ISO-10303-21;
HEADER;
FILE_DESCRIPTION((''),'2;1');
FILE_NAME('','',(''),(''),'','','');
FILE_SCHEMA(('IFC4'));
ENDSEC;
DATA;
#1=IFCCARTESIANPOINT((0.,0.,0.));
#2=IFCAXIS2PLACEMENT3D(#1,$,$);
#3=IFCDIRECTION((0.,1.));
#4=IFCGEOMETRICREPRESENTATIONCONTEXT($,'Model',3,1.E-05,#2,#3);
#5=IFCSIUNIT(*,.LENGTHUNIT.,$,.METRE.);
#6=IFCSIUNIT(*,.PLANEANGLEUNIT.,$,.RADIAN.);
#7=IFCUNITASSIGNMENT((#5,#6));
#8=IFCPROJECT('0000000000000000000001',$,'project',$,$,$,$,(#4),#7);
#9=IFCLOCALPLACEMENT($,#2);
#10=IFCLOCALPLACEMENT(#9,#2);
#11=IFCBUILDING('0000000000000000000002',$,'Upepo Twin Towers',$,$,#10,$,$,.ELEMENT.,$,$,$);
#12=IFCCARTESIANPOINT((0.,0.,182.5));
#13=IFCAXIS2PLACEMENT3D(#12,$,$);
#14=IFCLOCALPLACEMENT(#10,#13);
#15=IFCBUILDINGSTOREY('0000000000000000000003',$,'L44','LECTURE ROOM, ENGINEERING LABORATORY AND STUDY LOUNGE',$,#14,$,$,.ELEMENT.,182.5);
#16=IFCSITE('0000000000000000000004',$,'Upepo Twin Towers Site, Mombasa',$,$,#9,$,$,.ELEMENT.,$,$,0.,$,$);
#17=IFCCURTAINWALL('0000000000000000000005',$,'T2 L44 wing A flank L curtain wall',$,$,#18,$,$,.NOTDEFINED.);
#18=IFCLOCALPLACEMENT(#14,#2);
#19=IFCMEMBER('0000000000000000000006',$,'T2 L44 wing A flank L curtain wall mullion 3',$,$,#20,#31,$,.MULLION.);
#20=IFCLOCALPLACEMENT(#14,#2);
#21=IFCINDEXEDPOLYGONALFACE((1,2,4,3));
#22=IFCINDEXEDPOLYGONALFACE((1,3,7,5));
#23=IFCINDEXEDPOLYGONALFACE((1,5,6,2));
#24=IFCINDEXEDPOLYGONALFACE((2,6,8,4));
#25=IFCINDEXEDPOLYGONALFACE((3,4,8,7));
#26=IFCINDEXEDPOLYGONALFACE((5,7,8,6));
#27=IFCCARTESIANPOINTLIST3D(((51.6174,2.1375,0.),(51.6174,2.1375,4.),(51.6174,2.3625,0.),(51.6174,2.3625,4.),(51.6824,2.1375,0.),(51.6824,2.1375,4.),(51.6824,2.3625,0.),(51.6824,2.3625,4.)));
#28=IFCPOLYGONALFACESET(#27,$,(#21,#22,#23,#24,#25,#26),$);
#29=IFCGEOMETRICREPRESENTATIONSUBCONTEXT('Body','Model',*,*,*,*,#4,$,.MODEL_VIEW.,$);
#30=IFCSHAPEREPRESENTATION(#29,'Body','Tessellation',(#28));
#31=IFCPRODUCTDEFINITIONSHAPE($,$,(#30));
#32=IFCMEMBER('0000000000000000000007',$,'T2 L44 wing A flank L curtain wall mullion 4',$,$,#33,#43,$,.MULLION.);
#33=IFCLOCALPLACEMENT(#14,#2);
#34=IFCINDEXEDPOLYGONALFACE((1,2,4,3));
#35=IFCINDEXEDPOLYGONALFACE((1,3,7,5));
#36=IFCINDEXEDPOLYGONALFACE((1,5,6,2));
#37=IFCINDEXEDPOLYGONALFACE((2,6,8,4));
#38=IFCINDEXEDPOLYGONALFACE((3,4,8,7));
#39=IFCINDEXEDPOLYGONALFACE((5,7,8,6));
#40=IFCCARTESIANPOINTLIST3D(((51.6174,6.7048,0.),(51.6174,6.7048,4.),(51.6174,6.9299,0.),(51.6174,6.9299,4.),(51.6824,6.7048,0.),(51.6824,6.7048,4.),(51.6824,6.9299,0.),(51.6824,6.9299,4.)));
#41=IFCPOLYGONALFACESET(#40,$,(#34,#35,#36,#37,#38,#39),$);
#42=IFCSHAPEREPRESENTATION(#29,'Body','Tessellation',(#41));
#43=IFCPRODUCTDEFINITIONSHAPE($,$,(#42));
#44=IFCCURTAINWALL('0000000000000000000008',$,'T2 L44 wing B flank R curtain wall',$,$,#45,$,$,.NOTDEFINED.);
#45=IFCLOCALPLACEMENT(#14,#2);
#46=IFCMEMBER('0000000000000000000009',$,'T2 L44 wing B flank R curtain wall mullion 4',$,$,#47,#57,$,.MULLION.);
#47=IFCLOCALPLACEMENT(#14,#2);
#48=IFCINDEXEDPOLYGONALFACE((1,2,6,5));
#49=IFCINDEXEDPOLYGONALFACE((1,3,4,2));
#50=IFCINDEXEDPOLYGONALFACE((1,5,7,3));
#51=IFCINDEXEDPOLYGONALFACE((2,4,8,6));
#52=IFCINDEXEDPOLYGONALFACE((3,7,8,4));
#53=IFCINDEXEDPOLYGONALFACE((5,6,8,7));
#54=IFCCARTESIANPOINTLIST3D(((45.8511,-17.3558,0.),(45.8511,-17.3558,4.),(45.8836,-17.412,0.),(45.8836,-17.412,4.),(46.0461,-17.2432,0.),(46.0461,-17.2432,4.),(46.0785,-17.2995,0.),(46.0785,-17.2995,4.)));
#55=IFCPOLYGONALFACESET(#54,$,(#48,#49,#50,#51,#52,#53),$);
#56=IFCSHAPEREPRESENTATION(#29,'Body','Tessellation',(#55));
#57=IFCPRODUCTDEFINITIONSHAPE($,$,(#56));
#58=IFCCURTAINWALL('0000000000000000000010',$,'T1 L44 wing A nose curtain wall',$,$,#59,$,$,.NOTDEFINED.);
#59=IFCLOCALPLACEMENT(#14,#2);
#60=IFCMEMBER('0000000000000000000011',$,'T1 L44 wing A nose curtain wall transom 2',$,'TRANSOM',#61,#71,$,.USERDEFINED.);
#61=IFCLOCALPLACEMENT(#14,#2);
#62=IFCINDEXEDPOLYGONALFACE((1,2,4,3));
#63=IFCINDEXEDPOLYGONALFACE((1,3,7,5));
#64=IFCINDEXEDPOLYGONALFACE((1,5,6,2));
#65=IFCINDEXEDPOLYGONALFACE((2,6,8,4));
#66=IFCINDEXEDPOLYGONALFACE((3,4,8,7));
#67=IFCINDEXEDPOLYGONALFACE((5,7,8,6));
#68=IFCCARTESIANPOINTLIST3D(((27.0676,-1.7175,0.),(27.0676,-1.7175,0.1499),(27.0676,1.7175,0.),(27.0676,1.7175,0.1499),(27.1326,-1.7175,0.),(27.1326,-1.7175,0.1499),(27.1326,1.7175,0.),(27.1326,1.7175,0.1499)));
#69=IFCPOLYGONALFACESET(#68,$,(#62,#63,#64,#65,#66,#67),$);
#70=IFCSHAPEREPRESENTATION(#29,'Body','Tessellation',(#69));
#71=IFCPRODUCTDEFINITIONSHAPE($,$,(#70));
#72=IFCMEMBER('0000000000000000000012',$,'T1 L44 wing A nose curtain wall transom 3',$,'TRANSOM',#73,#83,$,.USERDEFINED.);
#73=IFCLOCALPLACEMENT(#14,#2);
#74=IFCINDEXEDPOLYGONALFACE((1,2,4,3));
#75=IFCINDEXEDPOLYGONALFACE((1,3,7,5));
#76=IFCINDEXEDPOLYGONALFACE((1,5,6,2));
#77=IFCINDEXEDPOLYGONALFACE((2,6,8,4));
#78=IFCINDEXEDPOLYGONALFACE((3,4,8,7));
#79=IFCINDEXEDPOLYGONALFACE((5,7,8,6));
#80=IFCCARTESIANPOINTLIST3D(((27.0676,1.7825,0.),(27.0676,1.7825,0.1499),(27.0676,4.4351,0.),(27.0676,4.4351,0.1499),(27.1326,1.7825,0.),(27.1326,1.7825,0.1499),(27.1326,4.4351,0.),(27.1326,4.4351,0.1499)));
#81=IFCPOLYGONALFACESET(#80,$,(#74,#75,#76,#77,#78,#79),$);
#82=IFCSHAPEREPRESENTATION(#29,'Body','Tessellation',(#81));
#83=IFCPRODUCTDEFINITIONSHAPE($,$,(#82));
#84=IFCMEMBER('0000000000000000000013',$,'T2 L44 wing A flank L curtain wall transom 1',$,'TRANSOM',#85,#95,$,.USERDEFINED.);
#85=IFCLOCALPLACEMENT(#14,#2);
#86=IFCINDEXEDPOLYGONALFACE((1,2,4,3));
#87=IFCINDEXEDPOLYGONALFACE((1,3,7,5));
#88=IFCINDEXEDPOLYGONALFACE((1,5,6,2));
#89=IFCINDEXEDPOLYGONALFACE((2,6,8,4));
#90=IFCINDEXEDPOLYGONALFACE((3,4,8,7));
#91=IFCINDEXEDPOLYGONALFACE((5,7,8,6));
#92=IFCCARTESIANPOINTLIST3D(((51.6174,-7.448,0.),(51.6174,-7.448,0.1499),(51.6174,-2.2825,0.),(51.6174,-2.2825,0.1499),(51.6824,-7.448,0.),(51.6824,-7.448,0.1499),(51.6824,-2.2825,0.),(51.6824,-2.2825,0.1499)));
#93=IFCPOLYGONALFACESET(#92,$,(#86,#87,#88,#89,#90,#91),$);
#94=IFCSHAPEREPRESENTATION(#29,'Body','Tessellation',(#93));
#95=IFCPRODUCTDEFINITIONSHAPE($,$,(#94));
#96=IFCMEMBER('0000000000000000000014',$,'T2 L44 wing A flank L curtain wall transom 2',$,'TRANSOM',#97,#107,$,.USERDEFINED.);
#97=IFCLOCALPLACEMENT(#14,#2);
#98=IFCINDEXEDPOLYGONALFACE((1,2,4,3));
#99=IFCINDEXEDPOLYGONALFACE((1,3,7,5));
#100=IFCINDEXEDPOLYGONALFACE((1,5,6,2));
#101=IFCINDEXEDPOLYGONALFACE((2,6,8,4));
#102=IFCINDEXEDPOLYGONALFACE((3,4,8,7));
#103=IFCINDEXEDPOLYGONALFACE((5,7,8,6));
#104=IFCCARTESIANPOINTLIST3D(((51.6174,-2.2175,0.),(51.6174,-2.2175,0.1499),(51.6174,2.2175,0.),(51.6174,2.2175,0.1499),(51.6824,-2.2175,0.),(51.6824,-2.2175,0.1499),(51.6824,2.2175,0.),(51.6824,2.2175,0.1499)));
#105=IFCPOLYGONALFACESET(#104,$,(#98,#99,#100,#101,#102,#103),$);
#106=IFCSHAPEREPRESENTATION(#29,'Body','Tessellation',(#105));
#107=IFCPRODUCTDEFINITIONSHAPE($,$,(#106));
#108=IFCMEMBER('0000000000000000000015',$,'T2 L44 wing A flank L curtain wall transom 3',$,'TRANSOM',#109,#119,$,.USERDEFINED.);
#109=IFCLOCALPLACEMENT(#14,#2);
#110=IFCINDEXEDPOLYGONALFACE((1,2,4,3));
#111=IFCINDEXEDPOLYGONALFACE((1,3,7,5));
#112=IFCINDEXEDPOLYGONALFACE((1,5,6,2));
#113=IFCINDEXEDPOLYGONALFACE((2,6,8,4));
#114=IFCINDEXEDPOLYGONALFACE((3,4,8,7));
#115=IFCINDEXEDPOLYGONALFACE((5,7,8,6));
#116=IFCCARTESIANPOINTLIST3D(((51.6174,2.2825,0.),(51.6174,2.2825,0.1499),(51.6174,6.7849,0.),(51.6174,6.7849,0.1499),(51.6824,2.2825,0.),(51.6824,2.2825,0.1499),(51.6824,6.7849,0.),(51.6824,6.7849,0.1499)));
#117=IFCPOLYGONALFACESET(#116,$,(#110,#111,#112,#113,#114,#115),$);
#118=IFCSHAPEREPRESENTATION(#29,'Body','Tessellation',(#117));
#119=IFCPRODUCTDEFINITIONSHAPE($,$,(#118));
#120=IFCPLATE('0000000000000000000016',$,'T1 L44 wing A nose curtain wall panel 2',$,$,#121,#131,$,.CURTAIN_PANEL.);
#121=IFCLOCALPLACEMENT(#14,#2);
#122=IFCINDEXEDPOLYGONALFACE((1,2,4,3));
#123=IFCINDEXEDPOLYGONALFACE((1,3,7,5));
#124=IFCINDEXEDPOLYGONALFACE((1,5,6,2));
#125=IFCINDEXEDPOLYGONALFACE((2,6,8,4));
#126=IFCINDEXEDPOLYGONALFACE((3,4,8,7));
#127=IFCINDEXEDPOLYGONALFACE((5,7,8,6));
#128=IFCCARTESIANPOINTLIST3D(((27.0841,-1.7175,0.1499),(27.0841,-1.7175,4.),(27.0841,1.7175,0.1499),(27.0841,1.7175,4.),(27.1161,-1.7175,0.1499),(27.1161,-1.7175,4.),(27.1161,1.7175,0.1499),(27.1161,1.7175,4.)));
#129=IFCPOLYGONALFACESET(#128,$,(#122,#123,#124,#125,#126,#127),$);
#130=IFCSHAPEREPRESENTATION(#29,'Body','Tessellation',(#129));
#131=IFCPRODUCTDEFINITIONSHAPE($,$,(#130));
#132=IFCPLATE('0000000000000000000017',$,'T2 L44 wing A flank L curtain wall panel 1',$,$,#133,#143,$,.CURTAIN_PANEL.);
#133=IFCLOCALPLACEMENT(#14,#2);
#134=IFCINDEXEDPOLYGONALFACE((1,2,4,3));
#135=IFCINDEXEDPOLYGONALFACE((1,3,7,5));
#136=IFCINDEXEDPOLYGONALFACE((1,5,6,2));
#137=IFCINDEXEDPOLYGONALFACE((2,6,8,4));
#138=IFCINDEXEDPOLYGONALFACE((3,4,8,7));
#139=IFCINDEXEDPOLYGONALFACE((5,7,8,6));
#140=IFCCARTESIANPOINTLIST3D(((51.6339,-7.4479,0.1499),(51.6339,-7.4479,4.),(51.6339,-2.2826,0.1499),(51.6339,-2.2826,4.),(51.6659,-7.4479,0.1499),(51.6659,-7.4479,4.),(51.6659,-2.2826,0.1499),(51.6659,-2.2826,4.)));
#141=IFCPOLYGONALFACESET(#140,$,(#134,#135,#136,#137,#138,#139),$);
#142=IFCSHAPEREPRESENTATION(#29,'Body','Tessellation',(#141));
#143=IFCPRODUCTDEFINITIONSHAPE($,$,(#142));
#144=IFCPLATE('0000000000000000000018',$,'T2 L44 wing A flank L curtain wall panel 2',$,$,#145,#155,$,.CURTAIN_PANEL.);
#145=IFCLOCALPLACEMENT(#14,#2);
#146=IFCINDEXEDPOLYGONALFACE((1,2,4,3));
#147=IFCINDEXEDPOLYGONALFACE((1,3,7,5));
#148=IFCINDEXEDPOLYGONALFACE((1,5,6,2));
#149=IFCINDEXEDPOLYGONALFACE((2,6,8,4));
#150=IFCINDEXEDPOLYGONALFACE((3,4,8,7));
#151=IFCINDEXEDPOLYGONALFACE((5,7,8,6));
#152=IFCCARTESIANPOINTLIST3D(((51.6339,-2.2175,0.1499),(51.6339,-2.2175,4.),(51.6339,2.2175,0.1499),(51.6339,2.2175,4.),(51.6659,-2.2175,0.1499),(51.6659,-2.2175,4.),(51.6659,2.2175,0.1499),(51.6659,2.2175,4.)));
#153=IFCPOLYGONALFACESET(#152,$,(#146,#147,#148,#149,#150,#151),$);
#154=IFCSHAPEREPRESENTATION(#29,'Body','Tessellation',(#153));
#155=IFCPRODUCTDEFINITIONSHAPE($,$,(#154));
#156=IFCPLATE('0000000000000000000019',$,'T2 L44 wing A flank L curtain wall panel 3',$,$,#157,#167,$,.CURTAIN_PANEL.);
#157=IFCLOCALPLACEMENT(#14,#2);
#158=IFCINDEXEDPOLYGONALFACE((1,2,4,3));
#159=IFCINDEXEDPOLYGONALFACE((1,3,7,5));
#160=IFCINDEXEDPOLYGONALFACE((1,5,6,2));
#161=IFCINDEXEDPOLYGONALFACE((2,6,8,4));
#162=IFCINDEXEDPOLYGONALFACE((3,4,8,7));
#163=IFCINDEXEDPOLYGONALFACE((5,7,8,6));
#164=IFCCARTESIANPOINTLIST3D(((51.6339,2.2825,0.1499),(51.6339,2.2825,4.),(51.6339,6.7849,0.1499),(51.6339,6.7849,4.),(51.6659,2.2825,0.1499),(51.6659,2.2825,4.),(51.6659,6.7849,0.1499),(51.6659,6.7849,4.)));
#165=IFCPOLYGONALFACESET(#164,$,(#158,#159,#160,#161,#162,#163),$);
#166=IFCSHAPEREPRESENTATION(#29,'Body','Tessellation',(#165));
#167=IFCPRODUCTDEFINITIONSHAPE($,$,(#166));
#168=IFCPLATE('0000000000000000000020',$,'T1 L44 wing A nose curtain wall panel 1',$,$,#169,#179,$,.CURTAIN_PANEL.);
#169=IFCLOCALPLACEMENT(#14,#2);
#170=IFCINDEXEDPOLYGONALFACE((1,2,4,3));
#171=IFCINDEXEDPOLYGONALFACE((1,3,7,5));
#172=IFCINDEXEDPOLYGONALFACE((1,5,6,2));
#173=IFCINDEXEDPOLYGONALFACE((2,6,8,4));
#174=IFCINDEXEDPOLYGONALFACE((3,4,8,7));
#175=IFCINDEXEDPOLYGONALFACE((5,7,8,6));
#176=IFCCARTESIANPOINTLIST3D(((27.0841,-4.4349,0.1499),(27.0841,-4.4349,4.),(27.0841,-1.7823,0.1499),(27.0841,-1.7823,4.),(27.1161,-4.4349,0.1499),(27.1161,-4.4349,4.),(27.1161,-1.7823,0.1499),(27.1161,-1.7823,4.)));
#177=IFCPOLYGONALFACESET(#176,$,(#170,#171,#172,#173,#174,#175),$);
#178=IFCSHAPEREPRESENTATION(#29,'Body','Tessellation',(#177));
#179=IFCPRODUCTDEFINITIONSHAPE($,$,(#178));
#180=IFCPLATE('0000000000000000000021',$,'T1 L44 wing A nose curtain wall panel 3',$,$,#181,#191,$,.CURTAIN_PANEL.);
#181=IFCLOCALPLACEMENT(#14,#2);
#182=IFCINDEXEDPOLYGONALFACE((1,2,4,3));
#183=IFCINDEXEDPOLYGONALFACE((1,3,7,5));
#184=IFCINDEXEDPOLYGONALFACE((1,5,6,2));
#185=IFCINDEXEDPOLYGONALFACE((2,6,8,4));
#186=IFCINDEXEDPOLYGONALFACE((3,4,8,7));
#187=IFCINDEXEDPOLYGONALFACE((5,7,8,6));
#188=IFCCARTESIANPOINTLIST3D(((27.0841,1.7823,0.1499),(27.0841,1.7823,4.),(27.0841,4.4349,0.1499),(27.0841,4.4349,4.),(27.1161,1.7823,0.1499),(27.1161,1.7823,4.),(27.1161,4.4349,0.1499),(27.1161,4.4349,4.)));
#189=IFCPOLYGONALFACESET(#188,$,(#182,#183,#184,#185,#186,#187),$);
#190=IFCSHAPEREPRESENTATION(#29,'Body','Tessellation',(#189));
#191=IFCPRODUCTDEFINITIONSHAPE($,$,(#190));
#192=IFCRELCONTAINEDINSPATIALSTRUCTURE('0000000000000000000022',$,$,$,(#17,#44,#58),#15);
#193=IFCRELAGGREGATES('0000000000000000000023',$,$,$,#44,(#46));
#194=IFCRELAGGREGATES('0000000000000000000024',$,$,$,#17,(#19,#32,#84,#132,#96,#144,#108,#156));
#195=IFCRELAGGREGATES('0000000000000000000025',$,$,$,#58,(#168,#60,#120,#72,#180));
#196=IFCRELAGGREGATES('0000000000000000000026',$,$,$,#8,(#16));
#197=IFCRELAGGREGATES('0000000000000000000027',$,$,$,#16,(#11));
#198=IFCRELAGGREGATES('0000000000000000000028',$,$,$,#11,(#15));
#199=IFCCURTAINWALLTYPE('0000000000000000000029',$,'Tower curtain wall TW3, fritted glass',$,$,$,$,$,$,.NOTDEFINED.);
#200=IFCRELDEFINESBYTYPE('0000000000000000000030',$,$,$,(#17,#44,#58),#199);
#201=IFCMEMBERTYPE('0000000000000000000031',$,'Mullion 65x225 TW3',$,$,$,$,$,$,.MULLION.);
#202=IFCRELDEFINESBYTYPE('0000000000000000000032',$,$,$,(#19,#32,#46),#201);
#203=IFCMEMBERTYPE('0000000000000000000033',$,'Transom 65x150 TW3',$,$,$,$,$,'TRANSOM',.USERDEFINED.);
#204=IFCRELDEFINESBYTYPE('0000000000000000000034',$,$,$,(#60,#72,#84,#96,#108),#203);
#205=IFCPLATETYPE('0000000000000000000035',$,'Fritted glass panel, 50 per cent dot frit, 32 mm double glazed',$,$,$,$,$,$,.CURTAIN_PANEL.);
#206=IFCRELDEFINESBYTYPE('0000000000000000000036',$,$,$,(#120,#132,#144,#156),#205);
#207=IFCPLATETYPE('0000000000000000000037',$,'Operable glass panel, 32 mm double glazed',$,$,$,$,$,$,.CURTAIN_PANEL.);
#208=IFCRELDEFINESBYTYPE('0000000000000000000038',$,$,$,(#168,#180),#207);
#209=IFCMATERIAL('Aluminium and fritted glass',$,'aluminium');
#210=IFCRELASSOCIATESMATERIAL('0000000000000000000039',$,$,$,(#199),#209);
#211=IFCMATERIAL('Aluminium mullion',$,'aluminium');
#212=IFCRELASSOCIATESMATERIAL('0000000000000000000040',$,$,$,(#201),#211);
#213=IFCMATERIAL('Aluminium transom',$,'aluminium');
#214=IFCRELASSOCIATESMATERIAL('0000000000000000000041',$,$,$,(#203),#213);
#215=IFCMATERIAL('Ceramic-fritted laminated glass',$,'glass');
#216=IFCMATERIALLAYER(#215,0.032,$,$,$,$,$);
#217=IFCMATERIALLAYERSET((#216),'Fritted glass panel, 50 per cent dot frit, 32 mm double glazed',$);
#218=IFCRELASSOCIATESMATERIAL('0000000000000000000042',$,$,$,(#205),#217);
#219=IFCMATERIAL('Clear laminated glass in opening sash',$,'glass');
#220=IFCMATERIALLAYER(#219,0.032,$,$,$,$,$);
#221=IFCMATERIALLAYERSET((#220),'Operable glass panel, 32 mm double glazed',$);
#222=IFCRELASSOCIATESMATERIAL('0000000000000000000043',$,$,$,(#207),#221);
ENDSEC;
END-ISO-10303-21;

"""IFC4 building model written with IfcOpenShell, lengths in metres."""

from ifc_helpers import new_model, si_unit, direction, frame, origin, origin_2d, place, context, subcontext, project, spatial, rectangle, extrude, material, layer, layer_set, material_profile, profile_set, type_object, element, aggregate, save


model = new_model("IFC4")

# Units and contexts
model_context = context("Model", 3, precision=1e-05, world=origin(), true_north=direction((0.0, 1.0)))
body_context = subcontext(model_context, "Body", "Model", "MODEL_VIEW")
ifc_project = project(units=[si_unit("LENGTHUNIT", "METRE"), si_unit("PLANEANGLEUNIT", "RADIAN")], contexts=[model_context])

# Site, building, storey
site_placement = place(None, origin())
site = spatial("IfcSite", under=ifc_project, at=site_placement, Name="Upepo Twin Towers Site, Mombasa", CompositionType="ELEMENT", RefElevation=0.0)
building_placement = place(site_placement, origin())
building = spatial("IfcBuilding", under=site, at=building_placement, Name="Upepo Twin Towers", CompositionType="ELEMENT")
storey_placement = place(building_placement, frame((0.0, 0.0, 182.5)))
storey = spatial("IfcBuildingStorey", under=building, at=storey_placement, Name="L44", Description="LECTURE ROOM, ENGINEERING LABORATORY AND STUDY LOUNGE", CompositionType="ELEMENT", Elevation=182.5)

# Curtain wall, members
ifc_material_1 = material(Name="Aluminium and fritted glass", Category="aluminium")
curtain_wall_type = type_object("IfcCurtainWallType", Name="Tower curtain wall TW3, fritted glass", PredefinedType="NOTDEFINED", material=ifc_material_1)
curtain_wall_1_placement = place(storey_placement, origin())
curtain_wall_1 = element("IfcCurtainWall", 1, at=curtain_wall_1_placement, inside=storey, type_object=curtain_wall_type, Name="T2 L44 wing A flank L curtain wall", PredefinedType="NOTDEFINED")
ifc_material_2 = material(Name="Aluminium mullion", Category="aluminium")
ifc_material_profile_1 = material_profile(ifc_material_2, rectangle(XDim=0.0649, YDim=0.2251, at=origin_2d()), Name="MULLION 65x225")
ifc_profile_set_1 = profile_set([ifc_material_profile_1], Name="Aluminium mullion")
member_type_1 = type_object("IfcMemberType", Name="Mullion 65x225 TW3", PredefinedType="MULLION", material=ifc_profile_set_1)
member_1_placement = place(storey_placement, frame((51.6499, 2.25, 0.0), z_axis=(0.0, 0.0, 1.0), x_axis=(-1.0, 0.0, 0.0)))
member_1 = element("IfcMember", 2, at=member_1_placement, type_object=member_type_1, Name="T2 L44 wing A flank L curtain wall mullion 3", PredefinedType="MULLION", context=body_context, shape_type="SweptSolid", body=[
    extrude(rectangle(XDim=0.0649, YDim=0.2251, at=origin_2d()), origin(), (0.0, 0.0, 1.0), 4.0),
])
member_2_placement = place(storey_placement, frame((51.6499, 6.8174, 0.0), z_axis=(0.0, 0.0, 1.0), x_axis=(-1.0, 0.0, 0.0)))
member_2 = element("IfcMember", 3, at=member_2_placement, type_object=member_type_1, Name="T2 L44 wing A flank L curtain wall mullion 4", PredefinedType="MULLION", context=body_context, shape_type="SweptSolid", body=[
    extrude(rectangle(XDim=0.0649, YDim=0.2251, at=origin_2d()), origin(), (0.0, 0.0, 1.0), 4.0),
])

# Curtain wall, member
curtain_wall_2_placement = place(storey_placement, origin())
curtain_wall_2 = element("IfcCurtainWall", 4, at=curtain_wall_2_placement, inside=storey, type_object=curtain_wall_type, Name="T2 L44 wing B flank R curtain wall", PredefinedType="NOTDEFINED")
member_3_placement = place(storey_placement, frame((45.9648, -17.3276, 0.0), z_axis=(0.0, 0.0, 1.0), x_axis=(-0.5, 0.866025, 0.0)))
member_3 = element("IfcMember", 5, at=member_3_placement, type_object=member_type_1, Name="T2 L44 wing B flank R curtain wall mullion 4", PredefinedType="MULLION", context=body_context, shape_type="SweptSolid", body=[
    extrude(rectangle(XDim=0.0649, YDim=0.2251, at=origin_2d()), origin(), (0.0, 0.0, 1.0), 4.0),
])
aggregate(curtain_wall_2, [member_3])

# Curtain wall, members
curtain_wall_3_placement = place(storey_placement, origin())
curtain_wall_3 = element("IfcCurtainWall", 6, at=curtain_wall_3_placement, inside=storey, type_object=curtain_wall_type, Name="T1 L44 wing A nose curtain wall", PredefinedType="NOTDEFINED")
ifc_material_3 = material(Name="Aluminium transom", Category="aluminium")
ifc_material_profile_2 = material_profile(ifc_material_3, rectangle(XDim=0.0649, YDim=0.1499, at=origin_2d()), Name="TRANSOM 65x150")
ifc_profile_set_2 = profile_set([ifc_material_profile_2], Name="Aluminium transom")
member_type_2 = type_object("IfcMemberType", Name="Transom 65x150 TW3", ElementType="TRANSOM", PredefinedType="USERDEFINED", material=ifc_profile_set_2)
member_4_placement = place(storey_placement, frame((27.1001, -1.7175, 0.075), z_axis=(0.0, 1.0, 0.0), x_axis=(-1.0, 0.0, 0.0)))
member_4 = element("IfcMember", 7, at=member_4_placement, type_object=member_type_2, Name="T1 L44 wing A nose curtain wall transom 2", ObjectType="TRANSOM", PredefinedType="USERDEFINED", context=body_context, shape_type="SweptSolid", body=[
    extrude(rectangle(XDim=0.0649, YDim=0.1499, at=origin_2d()), origin(), (0.0, 0.0, 1.0), 3.4351),
])
member_5_placement = place(storey_placement, frame((27.1001, 1.7825, 0.075), z_axis=(0.0, 1.0, 0.0), x_axis=(-1.0, 0.0, 0.0)))
member_5 = element("IfcMember", 8, at=member_5_placement, type_object=member_type_2, Name="T1 L44 wing A nose curtain wall transom 3", ObjectType="TRANSOM", PredefinedType="USERDEFINED", context=body_context, shape_type="SweptSolid", body=[
    extrude(rectangle(XDim=0.0649, YDim=0.1499, at=origin_2d()), origin(), (0.0, 0.0, 1.0), 2.6526),
])

# Members
member_6_placement = place(storey_placement, frame((51.6499, -7.448, 0.075), z_axis=(0.0, 1.0, 0.0), x_axis=(-1.0, 0.0, 0.0)))
member_6 = element("IfcMember", 9, at=member_6_placement, type_object=member_type_2, Name="T2 L44 wing A flank L curtain wall transom 1", ObjectType="TRANSOM", PredefinedType="USERDEFINED", context=body_context, shape_type="SweptSolid", body=[
    extrude(rectangle(XDim=0.0649, YDim=0.1499, at=origin_2d()), origin(), (0.0, 0.0, 1.0), 5.1655),
])
member_7_placement = place(storey_placement, frame((51.6499, -2.2175, 0.075), z_axis=(0.0, 1.0, 0.0), x_axis=(-1.0, 0.0, 0.0)))
member_7 = element("IfcMember", 10, at=member_7_placement, type_object=member_type_2, Name="T2 L44 wing A flank L curtain wall transom 2", ObjectType="TRANSOM", PredefinedType="USERDEFINED", context=body_context, shape_type="SweptSolid", body=[
    extrude(rectangle(XDim=0.0649, YDim=0.1499, at=origin_2d()), origin(), (0.0, 0.0, 1.0), 4.4351),
])
member_8_placement = place(storey_placement, frame((51.6499, 2.2825, 0.075), z_axis=(0.0, 1.0, 0.0), x_axis=(-1.0, 0.0, 0.0)))
member_8 = element("IfcMember", 11, at=member_8_placement, type_object=member_type_2, Name="T2 L44 wing A flank L curtain wall transom 3", ObjectType="TRANSOM", PredefinedType="USERDEFINED", context=body_context, shape_type="SweptSolid", body=[
    extrude(rectangle(XDim=0.0649, YDim=0.1499, at=origin_2d()), origin(), (0.0, 0.0, 1.0), 4.5024),
])

# Plates
ifc_material_4 = material(Name="Ceramic-fritted laminated glass", Category="glass")
ifc_layer_1 = layer(ifc_material_4, 0.032)
ifc_layer_set_1 = layer_set([ifc_layer_1], Name="Fritted glass panel, 50 per cent dot frit, 32 mm double glazed")
plate_type_1 = type_object("IfcPlateType", Name="Fritted glass panel, 50 per cent dot frit, 32 mm double glazed", PredefinedType="CURTAIN_PANEL", material=ifc_layer_set_1)
plate_1_placement = place(storey_placement, frame((27.1001, 0.0, 0.1499), z_axis=(0.0, 0.0, 1.0), x_axis=(0.0, 1.0, 0.0)))
plate_1 = element("IfcPlate", 12, at=plate_1_placement, type_object=plate_type_1, Name="T1 L44 wing A nose curtain wall panel 2", PredefinedType="CURTAIN_PANEL", context=body_context, shape_type="SweptSolid", body=[
    extrude(rectangle(XDim=3.4351, YDim=0.032, at=origin_2d()), origin(), (0.0, 0.0, 1.0), 3.8501),
])
plate_2_placement = place(storey_placement, frame((51.6499, -4.8652, 0.1499), z_axis=(0.0, 0.0, 1.0), x_axis=(0.0, 1.0, 0.0)))
plate_2 = element("IfcPlate", 13, at=plate_2_placement, type_object=plate_type_1, Name="T2 L44 wing A flank L curtain wall panel 1", PredefinedType="CURTAIN_PANEL", context=body_context, shape_type="SweptSolid", body=[
    extrude(rectangle(XDim=5.1653, YDim=0.032, at=origin_2d()), origin(), (0.0, 0.0, 1.0), 3.8501),
])
plate_3_placement = place(storey_placement, frame((51.6499, 0.0, 0.1499), z_axis=(0.0, 0.0, 1.0), x_axis=(0.0, 1.0, 0.0)))
plate_3 = element("IfcPlate", 14, at=plate_3_placement, type_object=plate_type_1, Name="T2 L44 wing A flank L curtain wall panel 2", PredefinedType="CURTAIN_PANEL", context=body_context, shape_type="SweptSolid", body=[
    extrude(rectangle(XDim=4.4351, YDim=0.032, at=origin_2d()), origin(), (0.0, 0.0, 1.0), 3.8501),
])
plate_4_placement = place(storey_placement, frame((51.6499, 4.5337, 0.1499), z_axis=(0.0, 0.0, 1.0), x_axis=(0.0, 1.0, 0.0)))
plate_4 = element("IfcPlate", 15, at=plate_4_placement, type_object=plate_type_1, Name="T2 L44 wing A flank L curtain wall panel 3", PredefinedType="CURTAIN_PANEL", context=body_context, shape_type="SweptSolid", body=[
    extrude(rectangle(XDim=4.5024, YDim=0.032, at=origin_2d()), origin(), (0.0, 0.0, 1.0), 3.8501),
])
aggregate(curtain_wall_1, [member_1, member_2, member_6, plate_2, member_7, plate_3, member_8, plate_4])
ifc_material_5 = material(Name="Clear laminated glass in opening sash", Category="glass")
ifc_layer_2 = layer(ifc_material_5, 0.032)
ifc_layer_set_2 = layer_set([ifc_layer_2], Name="Operable glass panel, 32 mm double glazed")
plate_type_2 = type_object("IfcPlateType", Name="Operable glass panel, 32 mm double glazed", PredefinedType="CURTAIN_PANEL", material=ifc_layer_set_2)
plate_5_placement = place(storey_placement, frame((27.1001, -3.1086, 0.1499), z_axis=(0.0, 0.0, 1.0), x_axis=(0.0, 1.0, 0.0)))
plate_5 = element("IfcPlate", 16, at=plate_5_placement, type_object=plate_type_2, Name="T1 L44 wing A nose curtain wall panel 1", PredefinedType="CURTAIN_PANEL", context=body_context, shape_type="SweptSolid", body=[
    extrude(rectangle(XDim=2.6526, YDim=0.032, at=origin_2d()), origin(), (0.0, 0.0, 1.0), 3.8501),
])
plate_6_placement = place(storey_placement, frame((27.1001, 3.1086, 0.1499), z_axis=(0.0, 0.0, 1.0), x_axis=(0.0, 1.0, 0.0)))
plate_6 = element("IfcPlate", 17, at=plate_6_placement, type_object=plate_type_2, Name="T1 L44 wing A nose curtain wall panel 3", PredefinedType="CURTAIN_PANEL", context=body_context, shape_type="SweptSolid", body=[
    extrude(rectangle(XDim=2.6526, YDim=0.032, at=origin_2d()), origin(), (0.0, 0.0, 1.0), 3.8501),
])
aggregate(curtain_wall_3, [plate_5, member_4, plate_1, member_5, plate_6])

save(model, "model.ifc")
